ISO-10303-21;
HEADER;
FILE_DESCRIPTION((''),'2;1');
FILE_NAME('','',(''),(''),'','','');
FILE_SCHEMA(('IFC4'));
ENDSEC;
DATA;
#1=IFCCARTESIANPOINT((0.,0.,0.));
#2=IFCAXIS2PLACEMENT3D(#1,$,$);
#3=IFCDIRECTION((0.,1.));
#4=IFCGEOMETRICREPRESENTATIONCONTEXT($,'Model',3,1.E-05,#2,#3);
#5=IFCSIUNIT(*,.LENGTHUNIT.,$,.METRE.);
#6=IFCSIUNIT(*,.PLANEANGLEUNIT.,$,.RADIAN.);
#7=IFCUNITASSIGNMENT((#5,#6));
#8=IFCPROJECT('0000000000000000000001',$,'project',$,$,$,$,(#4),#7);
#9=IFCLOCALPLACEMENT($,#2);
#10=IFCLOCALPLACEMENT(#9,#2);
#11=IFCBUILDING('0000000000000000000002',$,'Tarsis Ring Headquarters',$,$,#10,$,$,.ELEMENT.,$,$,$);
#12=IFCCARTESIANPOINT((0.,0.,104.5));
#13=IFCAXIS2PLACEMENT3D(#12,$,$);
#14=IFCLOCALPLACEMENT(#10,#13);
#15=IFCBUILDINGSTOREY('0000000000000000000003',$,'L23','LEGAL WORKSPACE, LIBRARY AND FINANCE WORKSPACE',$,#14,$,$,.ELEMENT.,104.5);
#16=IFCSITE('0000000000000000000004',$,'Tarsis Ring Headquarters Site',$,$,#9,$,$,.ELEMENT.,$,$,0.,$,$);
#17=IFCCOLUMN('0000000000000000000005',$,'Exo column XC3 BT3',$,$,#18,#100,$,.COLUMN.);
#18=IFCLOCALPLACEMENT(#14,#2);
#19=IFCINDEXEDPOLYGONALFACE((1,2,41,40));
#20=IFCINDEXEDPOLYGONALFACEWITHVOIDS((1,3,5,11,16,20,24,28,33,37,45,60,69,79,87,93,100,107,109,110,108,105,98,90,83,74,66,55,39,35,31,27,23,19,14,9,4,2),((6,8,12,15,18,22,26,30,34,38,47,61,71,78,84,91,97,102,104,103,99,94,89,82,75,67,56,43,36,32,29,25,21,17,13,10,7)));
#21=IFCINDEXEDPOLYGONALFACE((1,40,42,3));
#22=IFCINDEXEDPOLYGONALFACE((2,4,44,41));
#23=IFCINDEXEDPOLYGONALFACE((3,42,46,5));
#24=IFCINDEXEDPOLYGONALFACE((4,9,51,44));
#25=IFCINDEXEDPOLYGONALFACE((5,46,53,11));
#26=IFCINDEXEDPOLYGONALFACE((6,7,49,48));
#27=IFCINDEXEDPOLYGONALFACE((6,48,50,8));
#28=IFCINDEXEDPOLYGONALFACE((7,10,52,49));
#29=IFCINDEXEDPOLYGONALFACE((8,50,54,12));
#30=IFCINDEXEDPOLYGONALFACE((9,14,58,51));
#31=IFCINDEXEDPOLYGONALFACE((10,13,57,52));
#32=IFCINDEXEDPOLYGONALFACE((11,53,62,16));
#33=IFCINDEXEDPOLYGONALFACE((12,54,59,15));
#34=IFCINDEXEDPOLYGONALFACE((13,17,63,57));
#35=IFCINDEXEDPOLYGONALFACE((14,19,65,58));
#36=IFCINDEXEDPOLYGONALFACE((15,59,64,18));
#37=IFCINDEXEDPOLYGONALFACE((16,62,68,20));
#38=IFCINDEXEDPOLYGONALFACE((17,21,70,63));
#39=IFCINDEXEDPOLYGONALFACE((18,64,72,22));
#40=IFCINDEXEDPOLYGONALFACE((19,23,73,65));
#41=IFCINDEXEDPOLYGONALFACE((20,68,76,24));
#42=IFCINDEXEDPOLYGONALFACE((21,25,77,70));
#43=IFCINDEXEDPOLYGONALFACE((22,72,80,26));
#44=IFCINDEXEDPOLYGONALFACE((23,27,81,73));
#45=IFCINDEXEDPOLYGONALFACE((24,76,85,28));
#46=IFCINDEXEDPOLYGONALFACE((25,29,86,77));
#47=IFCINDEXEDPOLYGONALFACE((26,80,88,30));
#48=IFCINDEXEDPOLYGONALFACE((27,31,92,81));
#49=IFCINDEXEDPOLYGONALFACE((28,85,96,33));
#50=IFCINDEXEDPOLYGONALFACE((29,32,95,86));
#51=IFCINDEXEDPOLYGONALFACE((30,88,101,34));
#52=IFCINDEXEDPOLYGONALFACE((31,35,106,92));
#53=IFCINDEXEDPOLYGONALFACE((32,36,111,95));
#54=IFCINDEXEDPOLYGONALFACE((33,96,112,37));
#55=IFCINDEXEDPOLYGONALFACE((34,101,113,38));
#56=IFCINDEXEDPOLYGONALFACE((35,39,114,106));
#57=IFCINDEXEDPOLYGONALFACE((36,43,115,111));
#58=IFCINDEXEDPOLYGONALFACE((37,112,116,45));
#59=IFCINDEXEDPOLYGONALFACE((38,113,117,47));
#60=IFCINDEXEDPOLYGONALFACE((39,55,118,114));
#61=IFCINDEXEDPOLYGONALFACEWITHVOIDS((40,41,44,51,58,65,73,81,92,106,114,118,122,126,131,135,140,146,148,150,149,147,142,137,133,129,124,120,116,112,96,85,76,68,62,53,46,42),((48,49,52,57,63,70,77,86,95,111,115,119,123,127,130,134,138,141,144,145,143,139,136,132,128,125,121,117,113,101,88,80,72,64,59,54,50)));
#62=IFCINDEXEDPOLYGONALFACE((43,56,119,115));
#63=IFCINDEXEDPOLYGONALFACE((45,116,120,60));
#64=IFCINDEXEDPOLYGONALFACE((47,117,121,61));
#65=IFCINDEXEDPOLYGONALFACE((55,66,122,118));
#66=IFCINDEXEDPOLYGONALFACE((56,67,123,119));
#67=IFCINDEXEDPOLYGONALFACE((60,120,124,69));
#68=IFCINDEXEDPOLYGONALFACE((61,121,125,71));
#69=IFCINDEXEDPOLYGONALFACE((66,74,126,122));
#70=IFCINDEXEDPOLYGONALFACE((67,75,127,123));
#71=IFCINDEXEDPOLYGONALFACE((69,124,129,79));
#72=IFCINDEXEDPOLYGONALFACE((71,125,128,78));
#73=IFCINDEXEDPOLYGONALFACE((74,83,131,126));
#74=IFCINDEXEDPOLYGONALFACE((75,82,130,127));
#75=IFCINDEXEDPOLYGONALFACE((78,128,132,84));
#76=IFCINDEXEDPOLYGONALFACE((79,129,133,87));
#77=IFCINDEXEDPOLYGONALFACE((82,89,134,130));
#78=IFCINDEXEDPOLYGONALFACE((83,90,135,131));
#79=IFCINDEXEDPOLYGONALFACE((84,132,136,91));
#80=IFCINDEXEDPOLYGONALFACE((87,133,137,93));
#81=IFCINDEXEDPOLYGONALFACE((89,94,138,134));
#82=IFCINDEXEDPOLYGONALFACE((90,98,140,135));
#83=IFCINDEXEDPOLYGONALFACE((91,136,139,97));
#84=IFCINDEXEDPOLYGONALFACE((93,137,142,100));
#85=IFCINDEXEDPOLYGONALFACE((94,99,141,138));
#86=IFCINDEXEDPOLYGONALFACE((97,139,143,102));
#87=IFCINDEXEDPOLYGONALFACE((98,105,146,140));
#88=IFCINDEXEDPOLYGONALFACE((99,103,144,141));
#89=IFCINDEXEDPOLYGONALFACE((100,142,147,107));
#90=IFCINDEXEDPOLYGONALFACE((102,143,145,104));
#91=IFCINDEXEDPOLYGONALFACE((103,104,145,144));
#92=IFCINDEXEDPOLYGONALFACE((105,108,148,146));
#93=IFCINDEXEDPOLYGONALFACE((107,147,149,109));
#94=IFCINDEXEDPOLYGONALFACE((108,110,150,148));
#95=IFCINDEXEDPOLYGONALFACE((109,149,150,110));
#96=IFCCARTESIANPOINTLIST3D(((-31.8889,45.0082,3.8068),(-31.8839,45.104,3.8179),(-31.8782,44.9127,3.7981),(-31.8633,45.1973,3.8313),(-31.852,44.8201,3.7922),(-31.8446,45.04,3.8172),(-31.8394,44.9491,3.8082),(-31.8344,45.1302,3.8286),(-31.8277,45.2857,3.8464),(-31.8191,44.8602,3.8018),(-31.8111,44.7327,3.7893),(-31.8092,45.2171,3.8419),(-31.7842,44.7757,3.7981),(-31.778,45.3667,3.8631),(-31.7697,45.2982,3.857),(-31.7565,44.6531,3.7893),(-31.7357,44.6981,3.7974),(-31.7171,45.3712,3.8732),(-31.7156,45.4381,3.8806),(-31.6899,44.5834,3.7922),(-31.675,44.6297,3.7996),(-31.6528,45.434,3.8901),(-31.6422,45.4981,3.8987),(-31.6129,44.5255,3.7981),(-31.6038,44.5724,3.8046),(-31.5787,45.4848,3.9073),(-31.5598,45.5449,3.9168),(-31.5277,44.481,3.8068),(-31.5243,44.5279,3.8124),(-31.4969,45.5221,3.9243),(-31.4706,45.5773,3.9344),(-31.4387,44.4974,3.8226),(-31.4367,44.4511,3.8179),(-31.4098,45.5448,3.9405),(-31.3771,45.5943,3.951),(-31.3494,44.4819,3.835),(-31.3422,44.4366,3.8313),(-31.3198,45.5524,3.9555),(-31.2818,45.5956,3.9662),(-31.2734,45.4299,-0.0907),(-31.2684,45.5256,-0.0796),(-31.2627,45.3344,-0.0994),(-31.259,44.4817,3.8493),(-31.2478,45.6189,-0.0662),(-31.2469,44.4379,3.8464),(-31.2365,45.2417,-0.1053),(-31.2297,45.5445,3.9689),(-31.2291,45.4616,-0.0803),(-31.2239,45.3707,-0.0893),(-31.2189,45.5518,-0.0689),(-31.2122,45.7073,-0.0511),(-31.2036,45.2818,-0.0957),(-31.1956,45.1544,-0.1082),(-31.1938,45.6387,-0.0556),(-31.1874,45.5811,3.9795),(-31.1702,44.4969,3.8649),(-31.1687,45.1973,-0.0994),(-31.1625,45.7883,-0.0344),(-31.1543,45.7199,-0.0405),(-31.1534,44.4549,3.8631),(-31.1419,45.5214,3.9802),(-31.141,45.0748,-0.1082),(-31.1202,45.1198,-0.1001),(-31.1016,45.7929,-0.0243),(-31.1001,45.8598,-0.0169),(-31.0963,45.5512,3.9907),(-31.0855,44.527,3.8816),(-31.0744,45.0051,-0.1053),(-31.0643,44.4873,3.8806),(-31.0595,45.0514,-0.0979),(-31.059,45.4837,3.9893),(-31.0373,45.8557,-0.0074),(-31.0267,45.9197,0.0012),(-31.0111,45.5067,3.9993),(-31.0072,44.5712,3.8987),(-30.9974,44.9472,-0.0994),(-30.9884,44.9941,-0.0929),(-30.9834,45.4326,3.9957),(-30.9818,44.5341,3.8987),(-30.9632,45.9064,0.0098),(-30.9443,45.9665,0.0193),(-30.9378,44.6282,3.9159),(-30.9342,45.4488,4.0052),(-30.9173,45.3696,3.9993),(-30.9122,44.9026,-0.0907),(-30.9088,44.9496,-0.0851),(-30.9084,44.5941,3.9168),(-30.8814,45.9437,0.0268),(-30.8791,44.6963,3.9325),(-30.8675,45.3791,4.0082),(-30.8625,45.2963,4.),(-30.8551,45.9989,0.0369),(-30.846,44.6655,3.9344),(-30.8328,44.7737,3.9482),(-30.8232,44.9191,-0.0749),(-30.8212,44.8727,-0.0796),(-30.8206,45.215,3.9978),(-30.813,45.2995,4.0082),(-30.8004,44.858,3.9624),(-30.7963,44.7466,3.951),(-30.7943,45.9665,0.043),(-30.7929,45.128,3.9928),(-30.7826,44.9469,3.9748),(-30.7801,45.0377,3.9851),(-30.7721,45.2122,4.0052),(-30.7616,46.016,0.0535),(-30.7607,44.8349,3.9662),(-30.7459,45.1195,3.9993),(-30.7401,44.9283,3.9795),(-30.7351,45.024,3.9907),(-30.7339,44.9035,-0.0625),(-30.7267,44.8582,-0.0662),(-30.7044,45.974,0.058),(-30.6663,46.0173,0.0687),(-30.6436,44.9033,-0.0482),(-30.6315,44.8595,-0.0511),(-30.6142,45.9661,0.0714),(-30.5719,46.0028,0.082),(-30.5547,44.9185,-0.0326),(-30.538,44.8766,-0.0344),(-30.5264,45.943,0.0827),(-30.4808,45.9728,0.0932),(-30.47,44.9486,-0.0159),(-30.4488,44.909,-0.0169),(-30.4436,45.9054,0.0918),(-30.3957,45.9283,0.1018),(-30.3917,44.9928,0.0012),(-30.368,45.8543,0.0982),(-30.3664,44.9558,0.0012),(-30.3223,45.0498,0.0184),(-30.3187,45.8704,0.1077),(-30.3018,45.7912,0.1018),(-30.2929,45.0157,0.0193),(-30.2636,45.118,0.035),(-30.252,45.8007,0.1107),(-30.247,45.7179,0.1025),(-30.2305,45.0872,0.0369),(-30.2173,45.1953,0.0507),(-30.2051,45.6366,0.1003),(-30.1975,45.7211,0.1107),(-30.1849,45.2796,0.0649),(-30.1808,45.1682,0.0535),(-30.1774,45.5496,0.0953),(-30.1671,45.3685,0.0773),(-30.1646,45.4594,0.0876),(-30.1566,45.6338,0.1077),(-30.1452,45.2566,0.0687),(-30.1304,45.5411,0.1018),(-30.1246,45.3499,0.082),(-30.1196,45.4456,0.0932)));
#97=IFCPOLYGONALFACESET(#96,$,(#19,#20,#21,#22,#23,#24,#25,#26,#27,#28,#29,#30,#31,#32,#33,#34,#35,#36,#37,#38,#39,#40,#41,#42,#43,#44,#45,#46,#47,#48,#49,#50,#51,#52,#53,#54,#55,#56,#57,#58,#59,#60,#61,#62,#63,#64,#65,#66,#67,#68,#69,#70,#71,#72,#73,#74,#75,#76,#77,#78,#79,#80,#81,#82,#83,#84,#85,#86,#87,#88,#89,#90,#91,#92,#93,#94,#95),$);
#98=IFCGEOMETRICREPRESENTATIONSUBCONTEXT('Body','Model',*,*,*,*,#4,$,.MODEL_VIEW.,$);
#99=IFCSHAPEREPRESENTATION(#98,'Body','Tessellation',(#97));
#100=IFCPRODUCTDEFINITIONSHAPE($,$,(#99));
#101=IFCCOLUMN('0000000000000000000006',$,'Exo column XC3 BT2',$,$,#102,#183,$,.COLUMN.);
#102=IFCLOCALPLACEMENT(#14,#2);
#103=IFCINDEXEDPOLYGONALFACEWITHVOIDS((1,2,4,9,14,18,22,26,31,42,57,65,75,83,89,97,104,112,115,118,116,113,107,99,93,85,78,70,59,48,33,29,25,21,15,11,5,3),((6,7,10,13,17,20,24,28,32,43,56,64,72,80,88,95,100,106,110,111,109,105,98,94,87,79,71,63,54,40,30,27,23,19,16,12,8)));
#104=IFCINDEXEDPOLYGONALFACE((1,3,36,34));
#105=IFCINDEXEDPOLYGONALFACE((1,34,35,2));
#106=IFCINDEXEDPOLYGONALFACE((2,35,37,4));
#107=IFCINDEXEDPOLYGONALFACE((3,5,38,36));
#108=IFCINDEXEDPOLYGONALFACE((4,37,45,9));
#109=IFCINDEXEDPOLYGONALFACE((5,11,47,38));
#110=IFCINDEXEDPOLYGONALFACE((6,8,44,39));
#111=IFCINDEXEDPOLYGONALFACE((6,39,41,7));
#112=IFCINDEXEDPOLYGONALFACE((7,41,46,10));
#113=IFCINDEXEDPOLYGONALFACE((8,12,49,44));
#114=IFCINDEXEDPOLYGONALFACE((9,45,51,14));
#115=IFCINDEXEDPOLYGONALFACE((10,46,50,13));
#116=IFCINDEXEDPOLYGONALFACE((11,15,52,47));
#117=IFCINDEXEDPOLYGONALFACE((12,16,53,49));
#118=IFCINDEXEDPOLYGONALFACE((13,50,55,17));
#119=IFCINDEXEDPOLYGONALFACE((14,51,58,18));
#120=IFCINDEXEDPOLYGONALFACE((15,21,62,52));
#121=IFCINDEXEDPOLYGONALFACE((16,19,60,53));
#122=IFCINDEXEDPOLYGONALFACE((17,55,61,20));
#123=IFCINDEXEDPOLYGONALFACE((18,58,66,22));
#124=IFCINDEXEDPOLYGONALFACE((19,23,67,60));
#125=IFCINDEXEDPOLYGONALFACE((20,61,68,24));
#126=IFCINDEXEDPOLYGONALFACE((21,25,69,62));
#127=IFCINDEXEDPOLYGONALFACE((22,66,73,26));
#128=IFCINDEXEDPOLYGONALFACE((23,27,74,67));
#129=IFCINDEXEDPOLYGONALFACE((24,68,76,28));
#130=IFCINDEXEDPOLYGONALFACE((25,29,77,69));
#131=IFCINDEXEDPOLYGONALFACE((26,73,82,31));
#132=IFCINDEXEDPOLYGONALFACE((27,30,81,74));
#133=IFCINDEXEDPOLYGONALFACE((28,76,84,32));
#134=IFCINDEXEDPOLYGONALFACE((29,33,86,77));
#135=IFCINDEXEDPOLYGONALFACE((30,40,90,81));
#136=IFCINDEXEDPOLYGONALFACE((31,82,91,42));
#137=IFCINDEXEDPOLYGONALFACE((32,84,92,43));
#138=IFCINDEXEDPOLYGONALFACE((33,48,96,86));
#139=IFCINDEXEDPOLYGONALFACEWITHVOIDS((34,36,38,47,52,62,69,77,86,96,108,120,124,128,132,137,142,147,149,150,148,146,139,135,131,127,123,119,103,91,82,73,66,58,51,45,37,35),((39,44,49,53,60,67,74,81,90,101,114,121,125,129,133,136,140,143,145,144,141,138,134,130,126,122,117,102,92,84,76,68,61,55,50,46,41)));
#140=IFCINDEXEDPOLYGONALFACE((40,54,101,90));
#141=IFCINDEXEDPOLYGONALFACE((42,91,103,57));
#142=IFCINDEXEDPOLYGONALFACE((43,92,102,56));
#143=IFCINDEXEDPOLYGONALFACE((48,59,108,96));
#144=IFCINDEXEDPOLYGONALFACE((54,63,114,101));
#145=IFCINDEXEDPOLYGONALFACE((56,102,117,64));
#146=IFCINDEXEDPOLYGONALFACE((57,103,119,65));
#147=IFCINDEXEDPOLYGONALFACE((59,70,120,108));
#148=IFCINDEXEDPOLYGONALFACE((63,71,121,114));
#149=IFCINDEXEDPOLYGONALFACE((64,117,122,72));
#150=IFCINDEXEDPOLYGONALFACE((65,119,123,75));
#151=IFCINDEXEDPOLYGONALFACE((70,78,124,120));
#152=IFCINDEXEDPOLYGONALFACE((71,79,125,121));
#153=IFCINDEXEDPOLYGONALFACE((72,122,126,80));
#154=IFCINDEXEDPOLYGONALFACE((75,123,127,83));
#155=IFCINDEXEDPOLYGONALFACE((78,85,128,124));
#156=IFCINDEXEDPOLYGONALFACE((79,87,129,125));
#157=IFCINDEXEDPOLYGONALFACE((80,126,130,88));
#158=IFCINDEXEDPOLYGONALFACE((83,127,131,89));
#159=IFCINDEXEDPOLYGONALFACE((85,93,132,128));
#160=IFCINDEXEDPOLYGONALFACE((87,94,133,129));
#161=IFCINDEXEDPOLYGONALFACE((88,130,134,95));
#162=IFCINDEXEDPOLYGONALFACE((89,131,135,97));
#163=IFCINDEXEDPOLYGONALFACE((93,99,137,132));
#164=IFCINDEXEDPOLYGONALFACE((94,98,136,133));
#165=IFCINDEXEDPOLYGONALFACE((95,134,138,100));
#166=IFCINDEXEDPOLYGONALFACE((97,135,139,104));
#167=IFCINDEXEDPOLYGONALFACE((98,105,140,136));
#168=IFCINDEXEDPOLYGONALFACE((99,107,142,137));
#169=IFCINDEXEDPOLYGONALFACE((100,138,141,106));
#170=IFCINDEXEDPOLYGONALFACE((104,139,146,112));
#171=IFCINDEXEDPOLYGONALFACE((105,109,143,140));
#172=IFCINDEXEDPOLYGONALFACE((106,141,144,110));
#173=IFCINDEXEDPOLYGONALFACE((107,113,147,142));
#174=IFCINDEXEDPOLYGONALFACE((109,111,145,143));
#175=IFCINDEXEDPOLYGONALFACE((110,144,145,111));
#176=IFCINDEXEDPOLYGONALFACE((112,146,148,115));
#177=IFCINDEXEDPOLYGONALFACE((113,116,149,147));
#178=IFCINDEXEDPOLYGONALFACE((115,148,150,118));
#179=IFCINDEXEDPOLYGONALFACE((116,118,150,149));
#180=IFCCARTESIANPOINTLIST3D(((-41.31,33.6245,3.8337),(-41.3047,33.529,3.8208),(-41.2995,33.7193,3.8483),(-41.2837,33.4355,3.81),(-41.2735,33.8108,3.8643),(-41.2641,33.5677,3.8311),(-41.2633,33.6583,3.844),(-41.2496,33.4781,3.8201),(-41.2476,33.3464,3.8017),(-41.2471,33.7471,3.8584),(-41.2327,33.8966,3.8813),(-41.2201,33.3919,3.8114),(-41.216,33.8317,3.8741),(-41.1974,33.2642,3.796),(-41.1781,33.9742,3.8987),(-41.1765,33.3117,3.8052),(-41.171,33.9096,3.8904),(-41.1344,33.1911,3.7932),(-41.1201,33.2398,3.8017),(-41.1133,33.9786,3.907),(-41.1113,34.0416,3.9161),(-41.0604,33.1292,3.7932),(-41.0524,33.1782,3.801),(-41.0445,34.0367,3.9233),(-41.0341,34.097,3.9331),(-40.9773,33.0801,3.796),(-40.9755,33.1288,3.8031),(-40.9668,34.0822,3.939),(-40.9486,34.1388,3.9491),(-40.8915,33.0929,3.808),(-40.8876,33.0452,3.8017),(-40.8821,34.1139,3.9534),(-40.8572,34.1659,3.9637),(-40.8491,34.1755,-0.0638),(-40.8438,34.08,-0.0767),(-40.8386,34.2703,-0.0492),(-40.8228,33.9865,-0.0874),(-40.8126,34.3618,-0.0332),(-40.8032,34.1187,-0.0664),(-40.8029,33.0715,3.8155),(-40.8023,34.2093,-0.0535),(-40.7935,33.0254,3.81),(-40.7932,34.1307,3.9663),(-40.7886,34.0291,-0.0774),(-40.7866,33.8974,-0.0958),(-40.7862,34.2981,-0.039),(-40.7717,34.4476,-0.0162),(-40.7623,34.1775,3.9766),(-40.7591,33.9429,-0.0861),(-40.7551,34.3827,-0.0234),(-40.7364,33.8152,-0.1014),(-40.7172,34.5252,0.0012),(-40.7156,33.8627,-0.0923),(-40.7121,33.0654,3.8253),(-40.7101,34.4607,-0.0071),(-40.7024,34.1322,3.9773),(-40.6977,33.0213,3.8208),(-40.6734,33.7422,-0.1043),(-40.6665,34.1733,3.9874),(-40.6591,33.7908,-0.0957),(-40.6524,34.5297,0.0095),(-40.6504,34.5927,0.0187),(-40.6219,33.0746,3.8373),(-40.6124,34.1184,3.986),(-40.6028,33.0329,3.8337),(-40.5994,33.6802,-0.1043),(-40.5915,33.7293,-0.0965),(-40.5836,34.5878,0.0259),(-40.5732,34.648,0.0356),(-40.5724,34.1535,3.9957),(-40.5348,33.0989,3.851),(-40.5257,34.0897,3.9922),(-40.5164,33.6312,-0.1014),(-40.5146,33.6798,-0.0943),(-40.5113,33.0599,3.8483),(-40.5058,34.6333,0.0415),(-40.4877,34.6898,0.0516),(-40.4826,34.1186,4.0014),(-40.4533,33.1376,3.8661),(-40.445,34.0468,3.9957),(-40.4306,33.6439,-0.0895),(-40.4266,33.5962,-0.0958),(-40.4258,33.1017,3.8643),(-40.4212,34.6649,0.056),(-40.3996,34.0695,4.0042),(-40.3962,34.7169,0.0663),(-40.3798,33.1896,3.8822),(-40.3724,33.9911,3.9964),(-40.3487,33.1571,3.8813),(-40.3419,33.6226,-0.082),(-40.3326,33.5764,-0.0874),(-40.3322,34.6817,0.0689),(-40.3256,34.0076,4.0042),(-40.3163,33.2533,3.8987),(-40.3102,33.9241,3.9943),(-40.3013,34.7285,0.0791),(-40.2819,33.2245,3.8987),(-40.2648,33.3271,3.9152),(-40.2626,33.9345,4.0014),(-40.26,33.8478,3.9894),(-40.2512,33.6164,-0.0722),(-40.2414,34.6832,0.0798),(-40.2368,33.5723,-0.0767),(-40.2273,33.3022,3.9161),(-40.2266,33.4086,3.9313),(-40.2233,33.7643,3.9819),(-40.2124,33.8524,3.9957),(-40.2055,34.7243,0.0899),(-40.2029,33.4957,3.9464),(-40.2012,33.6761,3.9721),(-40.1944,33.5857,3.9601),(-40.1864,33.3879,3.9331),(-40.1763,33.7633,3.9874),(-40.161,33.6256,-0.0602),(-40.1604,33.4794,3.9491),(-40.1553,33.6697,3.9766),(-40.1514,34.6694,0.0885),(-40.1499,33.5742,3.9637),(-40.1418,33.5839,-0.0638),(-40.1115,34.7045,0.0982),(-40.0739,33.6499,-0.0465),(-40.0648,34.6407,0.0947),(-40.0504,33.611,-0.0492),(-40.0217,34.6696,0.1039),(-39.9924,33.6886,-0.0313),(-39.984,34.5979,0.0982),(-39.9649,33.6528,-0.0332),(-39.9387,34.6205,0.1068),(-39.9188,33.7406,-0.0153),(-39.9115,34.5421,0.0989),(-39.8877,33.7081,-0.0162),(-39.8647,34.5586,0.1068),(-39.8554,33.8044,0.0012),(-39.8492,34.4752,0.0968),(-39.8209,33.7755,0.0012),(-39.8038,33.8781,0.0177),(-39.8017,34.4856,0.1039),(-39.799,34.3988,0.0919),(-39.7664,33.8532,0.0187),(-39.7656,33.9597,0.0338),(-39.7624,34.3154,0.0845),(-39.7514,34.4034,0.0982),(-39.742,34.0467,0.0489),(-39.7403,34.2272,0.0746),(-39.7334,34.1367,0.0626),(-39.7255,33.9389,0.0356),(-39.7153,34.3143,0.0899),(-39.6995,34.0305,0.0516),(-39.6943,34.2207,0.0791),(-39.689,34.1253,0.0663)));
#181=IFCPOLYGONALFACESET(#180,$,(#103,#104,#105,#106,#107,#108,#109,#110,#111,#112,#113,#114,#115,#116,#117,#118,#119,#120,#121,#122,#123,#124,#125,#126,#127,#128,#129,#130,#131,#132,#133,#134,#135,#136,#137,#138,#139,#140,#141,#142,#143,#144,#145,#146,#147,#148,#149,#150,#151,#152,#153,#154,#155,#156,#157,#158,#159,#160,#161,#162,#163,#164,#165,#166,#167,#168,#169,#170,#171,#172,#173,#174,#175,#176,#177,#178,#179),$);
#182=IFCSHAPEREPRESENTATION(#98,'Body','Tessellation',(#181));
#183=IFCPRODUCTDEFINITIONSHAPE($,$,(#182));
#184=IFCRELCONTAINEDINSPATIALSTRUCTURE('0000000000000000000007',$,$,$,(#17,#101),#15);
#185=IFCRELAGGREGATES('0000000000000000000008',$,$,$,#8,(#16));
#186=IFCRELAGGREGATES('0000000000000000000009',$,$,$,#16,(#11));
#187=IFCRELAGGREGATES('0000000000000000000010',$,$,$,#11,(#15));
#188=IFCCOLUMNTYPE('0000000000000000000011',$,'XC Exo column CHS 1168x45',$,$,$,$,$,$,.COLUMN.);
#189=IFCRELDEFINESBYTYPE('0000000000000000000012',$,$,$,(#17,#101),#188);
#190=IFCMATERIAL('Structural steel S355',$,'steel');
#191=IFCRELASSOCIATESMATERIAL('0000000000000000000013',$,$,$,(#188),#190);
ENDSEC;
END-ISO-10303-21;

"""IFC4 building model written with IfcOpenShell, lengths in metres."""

from ifc_helpers import new_model, si_unit, direction, frame, origin, origin_2d, place, context, subcontext, project, spatial, hollow_circle, extrude, material, material_profile, profile_set, type_object, element, save


model = new_model("IFC4")

# Units and contexts
model_context = context("Model", 3, precision=1e-05, world=origin(), true_north=direction((0.0, 1.0)))
body_context = subcontext(model_context, "Body", "Model", "MODEL_VIEW")
ifc_project = project(units=[si_unit("LENGTHUNIT", "METRE"), si_unit("PLANEANGLEUNIT", "RADIAN")], contexts=[model_context])

# Site, building, storey
site_placement = place(None, origin())
site = spatial("IfcSite", under=ifc_project, at=site_placement, Name="Tarsis Ring Headquarters Site", CompositionType="ELEMENT", RefElevation=0.0)
building_placement = place(site_placement, origin())
building = spatial("IfcBuilding", under=site, at=building_placement, Name="Tarsis Ring Headquarters", CompositionType="ELEMENT")
storey_placement = place(building_placement, frame((0.0, 0.0, 104.5)))
storey = spatial("IfcBuildingStorey", under=building, at=storey_placement, Name="L23", Description="LEGAL WORKSPACE, LIBRARY AND FINANCE WORKSPACE", CompositionType="ELEMENT", Elevation=104.5)

# Columns
ifc_material_1 = material(Name="Structural steel S355", Category="steel")
ifc_material_profile_1 = material_profile(ifc_material_1, hollow_circle(Radius=0.5842, WallThickness=0.0449, at=origin_2d()), Name="CHS 1168x45")
ifc_profile_set_1 = profile_set([ifc_material_profile_1], Name="Structural steel S355")
column_type = type_object("IfcColumnType", Name="XC Exo column CHS 1168x45", PredefinedType="COLUMN", material=ifc_profile_set_1)
column_1_placement = place(storey_placement, frame((-30.6965, 45.4377, 0.0012), z_axis=(-0.155102, -0.106252, 0.982168), x_axis=(0.565153, -0.824986, 0.0)))
element("IfcColumn", 1, at=column_1_placement, inside=storey, type_object=column_type, Name="Exo column XC3 BT3", PredefinedType="COLUMN", context=body_context, shape_type="SweptSolid", body=[
    extrude(hollow_circle(Radius=0.5842, WallThickness=0.0449, at=origin_2d()), origin(), (0.0, 0.0, 1.0), 3.9683),
])
column_2_placement = place(storey_placement, frame((-40.269, 34.1504, 0.0012), z_axis=(-0.116307, -0.139038, 0.983433), x_axis=(0.767022, -0.641621, 0.0)))
element("IfcColumn", 2, at=column_2_placement, inside=storey, type_object=column_type, Name="Exo column XC3 BT2", PredefinedType="COLUMN", context=body_context, shape_type="SweptSolid", body=[
    extrude(hollow_circle(Radius=0.5842, WallThickness=0.0449, at=origin_2d()), origin(), (0.0, 0.0, 1.0), 3.9631),
])

save(model, "model.ifc")
